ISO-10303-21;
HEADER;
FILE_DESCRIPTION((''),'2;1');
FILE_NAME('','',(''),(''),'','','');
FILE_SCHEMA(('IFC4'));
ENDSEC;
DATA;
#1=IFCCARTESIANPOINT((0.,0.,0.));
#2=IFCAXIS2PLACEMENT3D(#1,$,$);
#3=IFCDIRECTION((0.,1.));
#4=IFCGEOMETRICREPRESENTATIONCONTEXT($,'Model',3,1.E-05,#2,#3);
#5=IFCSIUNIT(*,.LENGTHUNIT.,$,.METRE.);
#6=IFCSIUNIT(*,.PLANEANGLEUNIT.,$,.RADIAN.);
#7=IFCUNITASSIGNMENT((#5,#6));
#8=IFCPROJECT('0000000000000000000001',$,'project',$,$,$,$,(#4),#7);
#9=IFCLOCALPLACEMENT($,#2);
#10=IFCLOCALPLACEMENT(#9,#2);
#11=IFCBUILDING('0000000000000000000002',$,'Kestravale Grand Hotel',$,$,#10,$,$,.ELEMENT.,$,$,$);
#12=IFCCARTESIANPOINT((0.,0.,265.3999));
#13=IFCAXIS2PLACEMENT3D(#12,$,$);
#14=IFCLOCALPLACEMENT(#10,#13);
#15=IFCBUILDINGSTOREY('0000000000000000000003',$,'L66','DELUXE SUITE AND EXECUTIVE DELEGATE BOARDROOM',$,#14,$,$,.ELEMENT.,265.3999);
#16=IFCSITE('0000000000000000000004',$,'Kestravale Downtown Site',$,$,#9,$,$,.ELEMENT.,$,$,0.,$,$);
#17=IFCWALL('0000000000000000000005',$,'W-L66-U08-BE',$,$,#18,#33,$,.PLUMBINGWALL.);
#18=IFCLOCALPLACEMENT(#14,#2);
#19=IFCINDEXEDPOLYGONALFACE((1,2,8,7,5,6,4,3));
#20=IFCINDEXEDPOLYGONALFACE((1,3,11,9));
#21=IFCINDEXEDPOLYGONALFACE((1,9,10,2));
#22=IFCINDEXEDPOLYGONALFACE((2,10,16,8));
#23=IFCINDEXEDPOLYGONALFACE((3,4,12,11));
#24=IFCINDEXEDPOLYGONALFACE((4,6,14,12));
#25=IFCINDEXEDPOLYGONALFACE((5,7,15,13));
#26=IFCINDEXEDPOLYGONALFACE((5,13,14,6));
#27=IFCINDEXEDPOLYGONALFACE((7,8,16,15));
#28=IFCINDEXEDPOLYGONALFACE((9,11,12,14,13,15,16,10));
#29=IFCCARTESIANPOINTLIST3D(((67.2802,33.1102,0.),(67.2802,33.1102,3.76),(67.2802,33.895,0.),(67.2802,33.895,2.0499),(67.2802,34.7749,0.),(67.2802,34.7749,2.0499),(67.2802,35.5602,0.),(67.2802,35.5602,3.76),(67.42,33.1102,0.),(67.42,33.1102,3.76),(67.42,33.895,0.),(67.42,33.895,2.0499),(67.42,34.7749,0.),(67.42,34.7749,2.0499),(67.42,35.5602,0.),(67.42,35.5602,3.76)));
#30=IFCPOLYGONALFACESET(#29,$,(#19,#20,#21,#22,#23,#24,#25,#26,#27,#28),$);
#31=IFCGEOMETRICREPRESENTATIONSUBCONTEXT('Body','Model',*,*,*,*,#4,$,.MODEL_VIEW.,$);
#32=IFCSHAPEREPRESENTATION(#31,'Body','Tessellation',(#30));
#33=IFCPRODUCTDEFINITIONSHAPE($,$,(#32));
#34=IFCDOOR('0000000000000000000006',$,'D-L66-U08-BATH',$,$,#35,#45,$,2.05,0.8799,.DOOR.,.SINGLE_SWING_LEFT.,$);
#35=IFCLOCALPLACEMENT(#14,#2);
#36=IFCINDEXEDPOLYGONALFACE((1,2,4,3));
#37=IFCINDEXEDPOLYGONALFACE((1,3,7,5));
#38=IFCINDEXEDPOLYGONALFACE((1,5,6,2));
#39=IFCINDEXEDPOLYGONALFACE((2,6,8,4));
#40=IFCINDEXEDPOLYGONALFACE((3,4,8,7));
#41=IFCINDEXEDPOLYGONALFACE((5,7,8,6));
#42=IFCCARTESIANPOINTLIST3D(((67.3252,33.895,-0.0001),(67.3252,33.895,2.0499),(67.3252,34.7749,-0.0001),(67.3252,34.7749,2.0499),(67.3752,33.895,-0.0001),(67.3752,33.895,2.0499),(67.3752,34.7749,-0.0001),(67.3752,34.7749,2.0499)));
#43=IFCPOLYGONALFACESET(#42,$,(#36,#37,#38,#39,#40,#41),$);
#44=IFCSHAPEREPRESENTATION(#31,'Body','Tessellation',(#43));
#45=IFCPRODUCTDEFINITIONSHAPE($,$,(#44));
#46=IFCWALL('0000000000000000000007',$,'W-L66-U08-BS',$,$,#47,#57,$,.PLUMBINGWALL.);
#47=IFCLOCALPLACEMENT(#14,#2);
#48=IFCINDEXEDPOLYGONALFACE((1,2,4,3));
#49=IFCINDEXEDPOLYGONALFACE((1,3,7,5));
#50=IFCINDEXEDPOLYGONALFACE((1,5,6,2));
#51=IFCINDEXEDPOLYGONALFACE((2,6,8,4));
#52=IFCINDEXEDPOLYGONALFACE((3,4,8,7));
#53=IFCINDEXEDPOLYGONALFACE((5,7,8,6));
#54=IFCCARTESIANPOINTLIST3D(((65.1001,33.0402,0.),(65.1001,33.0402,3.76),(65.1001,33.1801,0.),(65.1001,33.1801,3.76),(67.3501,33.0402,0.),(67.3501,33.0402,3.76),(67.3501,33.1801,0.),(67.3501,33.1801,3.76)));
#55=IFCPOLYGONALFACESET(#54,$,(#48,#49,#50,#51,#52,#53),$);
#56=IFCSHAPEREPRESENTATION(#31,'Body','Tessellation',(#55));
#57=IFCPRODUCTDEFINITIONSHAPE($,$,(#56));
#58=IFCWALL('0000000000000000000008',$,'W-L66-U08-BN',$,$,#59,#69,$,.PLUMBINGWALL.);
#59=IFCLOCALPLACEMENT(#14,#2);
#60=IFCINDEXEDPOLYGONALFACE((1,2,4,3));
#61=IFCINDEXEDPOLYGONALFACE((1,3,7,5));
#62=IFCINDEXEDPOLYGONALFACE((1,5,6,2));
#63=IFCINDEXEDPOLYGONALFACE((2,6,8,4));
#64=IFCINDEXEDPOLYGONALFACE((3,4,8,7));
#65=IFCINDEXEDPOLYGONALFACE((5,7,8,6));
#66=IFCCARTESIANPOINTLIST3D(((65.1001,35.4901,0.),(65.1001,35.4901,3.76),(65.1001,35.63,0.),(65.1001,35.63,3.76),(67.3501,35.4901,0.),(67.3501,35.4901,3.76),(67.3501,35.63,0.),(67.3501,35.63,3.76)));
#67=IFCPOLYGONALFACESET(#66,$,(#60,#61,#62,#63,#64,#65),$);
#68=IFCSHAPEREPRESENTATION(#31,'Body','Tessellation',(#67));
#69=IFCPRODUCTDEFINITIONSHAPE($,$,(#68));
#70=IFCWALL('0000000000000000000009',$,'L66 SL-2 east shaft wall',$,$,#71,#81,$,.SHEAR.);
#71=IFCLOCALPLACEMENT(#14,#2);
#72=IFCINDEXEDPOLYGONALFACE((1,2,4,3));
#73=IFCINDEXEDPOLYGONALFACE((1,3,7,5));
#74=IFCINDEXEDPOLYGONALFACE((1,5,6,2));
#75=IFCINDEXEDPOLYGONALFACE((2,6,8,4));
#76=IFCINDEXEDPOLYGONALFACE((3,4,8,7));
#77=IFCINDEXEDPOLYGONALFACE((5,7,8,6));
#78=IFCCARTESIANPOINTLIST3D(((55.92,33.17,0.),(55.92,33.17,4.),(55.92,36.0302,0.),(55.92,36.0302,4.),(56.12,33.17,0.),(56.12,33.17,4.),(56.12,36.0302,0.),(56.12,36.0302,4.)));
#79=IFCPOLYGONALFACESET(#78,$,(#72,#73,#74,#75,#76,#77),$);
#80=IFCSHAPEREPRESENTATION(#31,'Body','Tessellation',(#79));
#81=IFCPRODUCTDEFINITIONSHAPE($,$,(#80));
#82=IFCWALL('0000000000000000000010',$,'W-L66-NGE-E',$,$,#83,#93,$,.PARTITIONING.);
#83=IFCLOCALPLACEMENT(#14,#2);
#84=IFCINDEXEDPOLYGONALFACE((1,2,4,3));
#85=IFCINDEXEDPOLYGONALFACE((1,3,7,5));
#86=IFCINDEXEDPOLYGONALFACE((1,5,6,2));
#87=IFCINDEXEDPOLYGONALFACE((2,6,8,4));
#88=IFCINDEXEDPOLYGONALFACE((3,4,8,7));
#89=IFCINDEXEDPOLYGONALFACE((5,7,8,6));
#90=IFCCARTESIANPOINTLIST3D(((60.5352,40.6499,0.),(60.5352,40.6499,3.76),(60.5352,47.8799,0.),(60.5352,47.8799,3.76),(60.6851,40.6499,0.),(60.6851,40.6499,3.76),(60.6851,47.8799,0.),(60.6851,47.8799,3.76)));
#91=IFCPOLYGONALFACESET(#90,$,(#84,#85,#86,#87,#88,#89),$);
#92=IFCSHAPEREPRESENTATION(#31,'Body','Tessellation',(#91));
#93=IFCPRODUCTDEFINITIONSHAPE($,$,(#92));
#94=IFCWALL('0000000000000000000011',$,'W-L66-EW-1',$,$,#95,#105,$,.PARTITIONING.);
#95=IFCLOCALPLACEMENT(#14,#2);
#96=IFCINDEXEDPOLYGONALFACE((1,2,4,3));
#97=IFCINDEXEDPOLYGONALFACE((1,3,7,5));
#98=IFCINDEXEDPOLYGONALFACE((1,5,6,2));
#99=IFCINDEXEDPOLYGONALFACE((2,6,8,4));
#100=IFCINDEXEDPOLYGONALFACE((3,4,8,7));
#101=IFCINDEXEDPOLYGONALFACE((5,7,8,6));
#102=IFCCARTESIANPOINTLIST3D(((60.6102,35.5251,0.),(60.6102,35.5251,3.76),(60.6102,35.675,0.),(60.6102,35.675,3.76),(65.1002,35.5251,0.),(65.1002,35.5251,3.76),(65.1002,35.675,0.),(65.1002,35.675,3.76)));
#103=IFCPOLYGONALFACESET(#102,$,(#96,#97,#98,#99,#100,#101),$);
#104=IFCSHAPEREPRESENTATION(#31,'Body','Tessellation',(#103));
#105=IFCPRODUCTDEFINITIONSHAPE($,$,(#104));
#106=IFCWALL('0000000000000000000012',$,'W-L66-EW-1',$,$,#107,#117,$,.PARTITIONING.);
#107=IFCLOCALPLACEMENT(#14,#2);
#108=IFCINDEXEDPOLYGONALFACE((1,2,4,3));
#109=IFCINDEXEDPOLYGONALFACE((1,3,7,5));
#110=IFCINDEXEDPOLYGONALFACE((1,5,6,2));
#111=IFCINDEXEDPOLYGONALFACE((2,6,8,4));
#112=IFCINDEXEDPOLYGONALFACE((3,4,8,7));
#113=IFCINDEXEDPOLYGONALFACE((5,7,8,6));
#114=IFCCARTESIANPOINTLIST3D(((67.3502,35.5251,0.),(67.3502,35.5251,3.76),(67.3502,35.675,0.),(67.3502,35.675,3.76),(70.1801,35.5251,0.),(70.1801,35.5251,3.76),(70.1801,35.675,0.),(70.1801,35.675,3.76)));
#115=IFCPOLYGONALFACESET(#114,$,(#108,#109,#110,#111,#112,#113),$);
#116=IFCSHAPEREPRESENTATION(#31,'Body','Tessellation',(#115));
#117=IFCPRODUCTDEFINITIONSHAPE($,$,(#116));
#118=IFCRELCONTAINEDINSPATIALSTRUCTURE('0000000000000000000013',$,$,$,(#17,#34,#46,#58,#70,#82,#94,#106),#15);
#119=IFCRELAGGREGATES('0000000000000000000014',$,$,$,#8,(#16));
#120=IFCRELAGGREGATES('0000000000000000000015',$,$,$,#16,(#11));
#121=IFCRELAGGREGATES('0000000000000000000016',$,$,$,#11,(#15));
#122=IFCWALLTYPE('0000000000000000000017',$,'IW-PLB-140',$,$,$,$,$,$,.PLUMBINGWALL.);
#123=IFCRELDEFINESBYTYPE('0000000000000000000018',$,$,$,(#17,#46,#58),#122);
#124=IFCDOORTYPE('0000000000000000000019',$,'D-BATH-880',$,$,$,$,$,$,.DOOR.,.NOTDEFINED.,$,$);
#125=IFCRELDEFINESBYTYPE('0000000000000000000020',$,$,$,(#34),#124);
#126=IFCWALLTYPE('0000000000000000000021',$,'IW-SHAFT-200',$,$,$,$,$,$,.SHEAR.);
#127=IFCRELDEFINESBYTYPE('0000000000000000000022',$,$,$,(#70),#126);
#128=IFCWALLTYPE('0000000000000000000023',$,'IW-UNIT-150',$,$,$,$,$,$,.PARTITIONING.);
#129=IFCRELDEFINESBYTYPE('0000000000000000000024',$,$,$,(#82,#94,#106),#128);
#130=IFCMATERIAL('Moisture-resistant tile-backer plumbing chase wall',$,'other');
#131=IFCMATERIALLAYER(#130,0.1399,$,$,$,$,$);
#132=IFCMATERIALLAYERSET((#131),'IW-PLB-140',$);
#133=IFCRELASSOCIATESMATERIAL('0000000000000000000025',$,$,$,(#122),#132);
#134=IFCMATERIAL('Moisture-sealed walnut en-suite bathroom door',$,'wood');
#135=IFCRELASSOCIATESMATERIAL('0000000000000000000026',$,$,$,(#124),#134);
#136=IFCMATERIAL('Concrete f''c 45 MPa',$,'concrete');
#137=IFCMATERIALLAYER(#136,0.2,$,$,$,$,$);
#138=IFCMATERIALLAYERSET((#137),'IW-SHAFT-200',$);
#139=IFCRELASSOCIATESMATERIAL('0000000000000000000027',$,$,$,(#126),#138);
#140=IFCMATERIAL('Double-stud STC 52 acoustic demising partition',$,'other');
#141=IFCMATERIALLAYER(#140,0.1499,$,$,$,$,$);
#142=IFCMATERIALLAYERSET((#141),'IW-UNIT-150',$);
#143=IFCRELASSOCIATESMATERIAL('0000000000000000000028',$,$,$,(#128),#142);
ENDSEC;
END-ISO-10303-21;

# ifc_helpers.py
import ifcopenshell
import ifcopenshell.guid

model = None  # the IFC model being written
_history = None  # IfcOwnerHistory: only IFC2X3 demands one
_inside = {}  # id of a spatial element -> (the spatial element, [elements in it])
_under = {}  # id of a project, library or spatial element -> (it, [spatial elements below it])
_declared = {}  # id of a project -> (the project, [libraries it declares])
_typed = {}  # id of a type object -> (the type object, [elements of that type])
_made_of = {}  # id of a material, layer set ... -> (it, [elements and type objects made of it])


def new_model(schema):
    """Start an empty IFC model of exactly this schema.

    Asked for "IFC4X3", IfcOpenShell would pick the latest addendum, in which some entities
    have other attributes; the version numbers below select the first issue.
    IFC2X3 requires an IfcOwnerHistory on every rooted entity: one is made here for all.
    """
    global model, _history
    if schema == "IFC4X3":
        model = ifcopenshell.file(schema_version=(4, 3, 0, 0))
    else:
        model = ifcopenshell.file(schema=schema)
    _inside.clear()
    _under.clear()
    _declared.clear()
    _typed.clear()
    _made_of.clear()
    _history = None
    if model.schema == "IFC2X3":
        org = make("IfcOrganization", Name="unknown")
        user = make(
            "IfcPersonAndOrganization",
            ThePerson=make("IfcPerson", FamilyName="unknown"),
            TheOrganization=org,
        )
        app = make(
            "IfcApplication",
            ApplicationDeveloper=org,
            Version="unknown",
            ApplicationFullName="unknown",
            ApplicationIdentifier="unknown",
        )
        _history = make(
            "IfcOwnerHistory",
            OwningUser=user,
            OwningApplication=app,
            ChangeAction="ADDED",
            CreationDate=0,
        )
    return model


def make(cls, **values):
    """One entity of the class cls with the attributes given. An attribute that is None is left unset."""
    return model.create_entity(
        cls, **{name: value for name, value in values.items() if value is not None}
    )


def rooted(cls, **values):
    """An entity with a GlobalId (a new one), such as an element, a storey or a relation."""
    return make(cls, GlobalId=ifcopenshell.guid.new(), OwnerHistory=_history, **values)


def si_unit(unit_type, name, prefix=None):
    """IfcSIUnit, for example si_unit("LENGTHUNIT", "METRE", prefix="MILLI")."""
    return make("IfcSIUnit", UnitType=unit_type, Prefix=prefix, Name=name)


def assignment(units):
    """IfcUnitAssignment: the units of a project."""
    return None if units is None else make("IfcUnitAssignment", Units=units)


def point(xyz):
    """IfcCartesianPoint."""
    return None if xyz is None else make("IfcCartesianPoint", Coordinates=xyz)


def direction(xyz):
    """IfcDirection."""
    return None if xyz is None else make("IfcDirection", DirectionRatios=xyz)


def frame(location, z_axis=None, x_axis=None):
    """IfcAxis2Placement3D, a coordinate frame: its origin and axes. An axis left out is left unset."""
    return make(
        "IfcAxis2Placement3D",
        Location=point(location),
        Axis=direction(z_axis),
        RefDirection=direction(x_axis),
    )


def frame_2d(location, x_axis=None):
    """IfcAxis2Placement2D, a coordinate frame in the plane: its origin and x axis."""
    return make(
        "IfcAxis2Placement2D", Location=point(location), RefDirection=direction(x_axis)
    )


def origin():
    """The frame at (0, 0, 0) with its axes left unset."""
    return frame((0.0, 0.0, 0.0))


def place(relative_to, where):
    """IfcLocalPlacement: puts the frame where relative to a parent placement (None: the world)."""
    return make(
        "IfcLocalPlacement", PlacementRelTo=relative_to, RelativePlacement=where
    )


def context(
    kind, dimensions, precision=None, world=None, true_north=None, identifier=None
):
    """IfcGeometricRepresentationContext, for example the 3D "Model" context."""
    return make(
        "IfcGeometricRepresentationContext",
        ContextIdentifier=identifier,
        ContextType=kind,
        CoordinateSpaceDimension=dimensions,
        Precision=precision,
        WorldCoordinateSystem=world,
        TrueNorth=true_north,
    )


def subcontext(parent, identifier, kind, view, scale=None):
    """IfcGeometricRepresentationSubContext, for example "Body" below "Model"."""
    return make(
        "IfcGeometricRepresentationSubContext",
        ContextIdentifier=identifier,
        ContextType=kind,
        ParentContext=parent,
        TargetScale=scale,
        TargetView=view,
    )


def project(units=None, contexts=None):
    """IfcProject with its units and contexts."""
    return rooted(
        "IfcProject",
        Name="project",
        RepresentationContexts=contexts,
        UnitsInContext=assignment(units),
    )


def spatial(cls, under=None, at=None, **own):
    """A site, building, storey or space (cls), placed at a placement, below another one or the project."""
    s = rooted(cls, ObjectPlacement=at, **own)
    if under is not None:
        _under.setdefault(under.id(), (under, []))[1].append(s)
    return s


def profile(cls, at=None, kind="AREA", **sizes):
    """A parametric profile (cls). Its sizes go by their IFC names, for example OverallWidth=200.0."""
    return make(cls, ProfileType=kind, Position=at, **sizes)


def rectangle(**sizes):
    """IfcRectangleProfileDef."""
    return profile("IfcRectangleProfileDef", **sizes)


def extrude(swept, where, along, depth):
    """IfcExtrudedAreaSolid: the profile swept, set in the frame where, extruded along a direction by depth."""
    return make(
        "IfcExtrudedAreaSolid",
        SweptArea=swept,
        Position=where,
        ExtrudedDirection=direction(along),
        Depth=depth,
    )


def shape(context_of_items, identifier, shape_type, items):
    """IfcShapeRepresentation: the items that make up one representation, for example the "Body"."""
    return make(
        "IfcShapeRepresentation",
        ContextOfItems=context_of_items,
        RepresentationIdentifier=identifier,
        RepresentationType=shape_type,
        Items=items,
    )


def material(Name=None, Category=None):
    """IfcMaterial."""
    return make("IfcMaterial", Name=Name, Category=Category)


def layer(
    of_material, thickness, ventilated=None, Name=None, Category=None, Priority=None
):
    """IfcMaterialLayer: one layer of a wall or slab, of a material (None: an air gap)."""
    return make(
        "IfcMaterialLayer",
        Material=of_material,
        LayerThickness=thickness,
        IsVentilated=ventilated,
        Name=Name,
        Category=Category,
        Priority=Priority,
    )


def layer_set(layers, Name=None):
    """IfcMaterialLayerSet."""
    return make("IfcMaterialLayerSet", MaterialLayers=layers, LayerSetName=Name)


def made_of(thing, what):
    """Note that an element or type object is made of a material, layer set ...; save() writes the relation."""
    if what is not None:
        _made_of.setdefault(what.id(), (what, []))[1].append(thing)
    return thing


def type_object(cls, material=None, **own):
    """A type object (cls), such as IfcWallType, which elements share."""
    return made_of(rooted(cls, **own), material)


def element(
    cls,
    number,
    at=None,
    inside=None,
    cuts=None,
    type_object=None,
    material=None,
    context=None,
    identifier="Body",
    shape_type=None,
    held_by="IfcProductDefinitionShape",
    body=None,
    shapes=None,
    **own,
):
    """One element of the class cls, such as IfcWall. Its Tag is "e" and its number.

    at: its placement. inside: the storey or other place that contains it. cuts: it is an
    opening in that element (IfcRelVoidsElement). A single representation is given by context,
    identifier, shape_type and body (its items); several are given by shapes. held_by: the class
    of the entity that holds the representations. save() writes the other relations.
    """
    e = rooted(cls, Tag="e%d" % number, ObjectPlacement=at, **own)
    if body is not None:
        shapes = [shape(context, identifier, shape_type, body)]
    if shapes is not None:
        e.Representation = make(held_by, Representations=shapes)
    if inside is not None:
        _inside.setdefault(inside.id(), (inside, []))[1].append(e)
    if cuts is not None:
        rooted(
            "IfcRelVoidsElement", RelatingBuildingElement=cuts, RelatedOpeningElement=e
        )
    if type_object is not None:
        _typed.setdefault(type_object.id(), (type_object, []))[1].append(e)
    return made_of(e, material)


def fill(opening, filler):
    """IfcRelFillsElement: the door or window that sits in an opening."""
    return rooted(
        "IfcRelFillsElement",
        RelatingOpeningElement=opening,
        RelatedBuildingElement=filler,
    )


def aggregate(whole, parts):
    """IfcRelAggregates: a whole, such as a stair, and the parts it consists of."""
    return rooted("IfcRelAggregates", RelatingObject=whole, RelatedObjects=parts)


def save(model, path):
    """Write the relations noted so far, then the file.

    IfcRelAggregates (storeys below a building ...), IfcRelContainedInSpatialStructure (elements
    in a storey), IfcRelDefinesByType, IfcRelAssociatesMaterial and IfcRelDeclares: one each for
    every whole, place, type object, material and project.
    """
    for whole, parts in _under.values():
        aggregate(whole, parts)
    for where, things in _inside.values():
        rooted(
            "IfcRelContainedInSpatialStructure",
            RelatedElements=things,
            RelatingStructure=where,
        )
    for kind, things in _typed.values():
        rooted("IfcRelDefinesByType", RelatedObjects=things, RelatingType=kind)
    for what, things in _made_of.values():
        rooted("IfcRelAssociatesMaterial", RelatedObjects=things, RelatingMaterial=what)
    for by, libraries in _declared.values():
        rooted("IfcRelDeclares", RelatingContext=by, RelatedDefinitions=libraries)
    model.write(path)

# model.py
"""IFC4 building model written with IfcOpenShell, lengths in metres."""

from ifc_helpers import new_model, si_unit, direction, frame, frame_2d, origin, place, context, subcontext, project, spatial, rectangle, extrude, material, layer, layer_set, type_object, element, fill, save


model = new_model("IFC4")

# Units and contexts
model_context = context("Model", 3, precision=1e-05, world=origin(), true_north=direction((0.0, 1.0)))
body_context = subcontext(model_context, "Body", "Model", "MODEL_VIEW")
ifc_project = project(units=[si_unit("LENGTHUNIT", "METRE"), si_unit("PLANEANGLEUNIT", "RADIAN")], contexts=[model_context])

# Site, building, storey
site_placement = place(None, origin())
site = spatial("IfcSite", under=ifc_project, at=site_placement, Name="Kestravale Downtown Site", CompositionType="ELEMENT", RefElevation=0.0)
building_placement = place(site_placement, origin())
building = spatial("IfcBuilding", under=site, at=building_placement, Name="Kestravale Grand Hotel", CompositionType="ELEMENT")
storey_placement = place(building_placement, frame((0.0, 0.0, 265.3999)))
storey = spatial("IfcBuildingStorey", under=building, at=storey_placement, Name="L66", Description="DELUXE SUITE AND EXECUTIVE DELEGATE BOARDROOM", CompositionType="ELEMENT", Elevation=265.3999)

# Shared definitions
ifc_material_1 = material(Name="Moisture-resistant tile-backer plumbing chase wall", Category="other")
ifc_layer_1 = layer(ifc_material_1, 0.1399)
ifc_layer_set_1 = layer_set([ifc_layer_1], Name="IW-PLB-140")
wall_type_1 = type_object("IfcWallType", Name="IW-PLB-140", PredefinedType="PLUMBINGWALL", material=ifc_layer_set_1)

# Wall, opening, door
wall_1_placement = place(storey_placement, frame((67.3501, 33.1101, 0.0), z_axis=(0.0, 0.0, 1.0), x_axis=(0.0, 1.0, 0.0)))
wall_1 = element("IfcWall", 1, at=wall_1_placement, inside=storey, type_object=wall_type_1, Name="W-L66-U08-BE", PredefinedType="PLUMBINGWALL", context=body_context, shape_type="SweptSolid", body=[
    extrude(rectangle(XDim=2.45, YDim=0.1399, at=frame_2d((1.2251, 0.0))), origin(), (0.0, 0.0, 1.0), 3.76),
])
opening_1_placement = place(wall_1_placement, frame((0.7849, 0.0, 0.0)))
opening_1 = element("IfcOpeningElement", 2, at=opening_1_placement, cuts=wall_1, PredefinedType="OPENING", context=body_context, shape_type="SweptSolid", body=[
    extrude(rectangle(XDim=0.8799, YDim=2.05, at=frame_2d((0.4399, 1.0249))), frame((0.0, 0.0798, 0.0), z_axis=(0.0, -1.0, 0.0), x_axis=(1.0, 0.0, 0.0)), (0.0, 0.0, 1.0), 0.1599),
])
ifc_material_2 = material(Name="Moisture-sealed walnut en-suite bathroom door", Category="wood")
door_type_1 = type_object("IfcDoorType", Name="D-BATH-880", OperationType="NOTDEFINED", PredefinedType="DOOR", material=ifc_material_2)
door_1_placement = place(opening_1_placement, origin())
door_1 = element("IfcDoor", 3, at=door_1_placement, inside=storey, type_object=door_type_1, Name="D-L66-U08-BATH", OperationType="SINGLE_SWING_LEFT", OverallHeight=2.05, OverallWidth=0.8799, PredefinedType="DOOR", context=body_context, shape_type="SweptSolid", body=[
    extrude(rectangle(XDim=0.8799, YDim=2.05, at=frame_2d((0.4399, 1.0249))), frame((0.0, 0.0249, 0.0), z_axis=(0.0, -1.0, 0.0), x_axis=(1.0, 0.0, 0.0)), (0.0, 0.0, 1.0), 0.05),
])
fill(opening_1, door_1)

# Walls
for number, where, z_axis, x_axis, name in (
    (4, (65.1001, 33.1101, 0.0), (0.0, 0.0, 1.0), (1.0, 0.0, 0.0), "W-L66-U08-BS"),
    (5, (65.1001, 35.5601, 0.0), (0.0, 0.0, 1.0), (1.0, 0.0, 0.0), "W-L66-U08-BN"),
):
    element("IfcWall", number, at=place(storey_placement, frame(where, z_axis=z_axis, x_axis=x_axis)), inside=storey, type_object=wall_type_1, Name=name, PredefinedType="PLUMBINGWALL", context=body_context, shape_type="SweptSolid", body=[
        extrude(rectangle(XDim=2.25, YDim=0.1399, at=frame_2d((1.125, 0.0))), origin(), (0.0, 0.0, 1.0), 3.76),
    ])
ifc_material_3 = material(Name="Concrete f'c 45 MPa", Category="concrete")
ifc_layer_2 = layer(ifc_material_3, 0.2)
ifc_layer_set_2 = layer_set([ifc_layer_2], Name="IW-SHAFT-200")
wall_type_2 = type_object("IfcWallType", Name="IW-SHAFT-200", PredefinedType="SHEAR", material=ifc_layer_set_2)
wall_2_placement = place(storey_placement, frame((56.02, 33.1699, 0.0), z_axis=(0.0, 0.0, 1.0), x_axis=(0.0, 1.0, 0.0)))
element("IfcWall", 6, at=wall_2_placement, inside=storey, type_object=wall_type_2, Name="L66 SL-2 east shaft wall", PredefinedType="SHEAR", context=body_context, shape_type="SweptSolid", body=[
    extrude(rectangle(XDim=2.8601, YDim=0.2, at=frame_2d((1.4302, 0.0))), origin(), (0.0, 0.0, 1.0), 4.0),
])

# Shared definitions
ifc_material_4 = material(Name="Double-stud STC 52 acoustic demising partition", Category="other")
ifc_layer_3 = layer(ifc_material_4, 0.1499)
ifc_layer_set_3 = layer_set([ifc_layer_3], Name="IW-UNIT-150")
wall_type_3 = type_object("IfcWallType", Name="IW-UNIT-150", PredefinedType="PARTITIONING", material=ifc_layer_set_3)

# Walls
wall_3_placement = place(storey_placement, frame((60.6101, 40.6499, 0.0), z_axis=(0.0, 0.0, 1.0), x_axis=(0.0, 1.0, 0.0)))
element("IfcWall", 7, at=wall_3_placement, inside=storey, type_object=wall_type_3, Name="W-L66-NGE-E", PredefinedType="PARTITIONING", context=body_context, shape_type="SweptSolid", body=[
    extrude(rectangle(XDim=7.23, YDim=0.1499, at=frame_2d((3.615, 0.0))), origin(), (0.0, 0.0, 1.0), 3.76),
])
wall_4_placement = place(storey_placement, frame((60.6101, 35.6001, 0.0), z_axis=(0.0, 0.0, 1.0), x_axis=(1.0, 0.0, 0.0)))
element("IfcWall", 8, at=wall_4_placement, inside=storey, type_object=wall_type_3, Name="W-L66-EW-1", PredefinedType="PARTITIONING", context=body_context, shape_type="SweptSolid", body=[
    extrude(rectangle(XDim=4.49, YDim=0.1499, at=frame_2d((2.2451, 0.0))), origin(), (0.0, 0.0, 1.0), 3.76),
])
wall_5_placement = place(storey_placement, frame((67.3501, 35.6001, 0.0), z_axis=(0.0, 0.0, 1.0), x_axis=(1.0, 0.0, 0.0)))
element("IfcWall", 9, at=wall_5_placement, inside=storey, type_object=wall_type_3, Name="W-L66-EW-1", PredefinedType="PARTITIONING", context=body_context, shape_type="SweptSolid", body=[
    extrude(rectangle(XDim=2.8298, YDim=0.1499, at=frame_2d((1.415, 0.0))), origin(), (0.0, 0.0, 1.0), 3.76),
])

save(model, "model.ifc")
